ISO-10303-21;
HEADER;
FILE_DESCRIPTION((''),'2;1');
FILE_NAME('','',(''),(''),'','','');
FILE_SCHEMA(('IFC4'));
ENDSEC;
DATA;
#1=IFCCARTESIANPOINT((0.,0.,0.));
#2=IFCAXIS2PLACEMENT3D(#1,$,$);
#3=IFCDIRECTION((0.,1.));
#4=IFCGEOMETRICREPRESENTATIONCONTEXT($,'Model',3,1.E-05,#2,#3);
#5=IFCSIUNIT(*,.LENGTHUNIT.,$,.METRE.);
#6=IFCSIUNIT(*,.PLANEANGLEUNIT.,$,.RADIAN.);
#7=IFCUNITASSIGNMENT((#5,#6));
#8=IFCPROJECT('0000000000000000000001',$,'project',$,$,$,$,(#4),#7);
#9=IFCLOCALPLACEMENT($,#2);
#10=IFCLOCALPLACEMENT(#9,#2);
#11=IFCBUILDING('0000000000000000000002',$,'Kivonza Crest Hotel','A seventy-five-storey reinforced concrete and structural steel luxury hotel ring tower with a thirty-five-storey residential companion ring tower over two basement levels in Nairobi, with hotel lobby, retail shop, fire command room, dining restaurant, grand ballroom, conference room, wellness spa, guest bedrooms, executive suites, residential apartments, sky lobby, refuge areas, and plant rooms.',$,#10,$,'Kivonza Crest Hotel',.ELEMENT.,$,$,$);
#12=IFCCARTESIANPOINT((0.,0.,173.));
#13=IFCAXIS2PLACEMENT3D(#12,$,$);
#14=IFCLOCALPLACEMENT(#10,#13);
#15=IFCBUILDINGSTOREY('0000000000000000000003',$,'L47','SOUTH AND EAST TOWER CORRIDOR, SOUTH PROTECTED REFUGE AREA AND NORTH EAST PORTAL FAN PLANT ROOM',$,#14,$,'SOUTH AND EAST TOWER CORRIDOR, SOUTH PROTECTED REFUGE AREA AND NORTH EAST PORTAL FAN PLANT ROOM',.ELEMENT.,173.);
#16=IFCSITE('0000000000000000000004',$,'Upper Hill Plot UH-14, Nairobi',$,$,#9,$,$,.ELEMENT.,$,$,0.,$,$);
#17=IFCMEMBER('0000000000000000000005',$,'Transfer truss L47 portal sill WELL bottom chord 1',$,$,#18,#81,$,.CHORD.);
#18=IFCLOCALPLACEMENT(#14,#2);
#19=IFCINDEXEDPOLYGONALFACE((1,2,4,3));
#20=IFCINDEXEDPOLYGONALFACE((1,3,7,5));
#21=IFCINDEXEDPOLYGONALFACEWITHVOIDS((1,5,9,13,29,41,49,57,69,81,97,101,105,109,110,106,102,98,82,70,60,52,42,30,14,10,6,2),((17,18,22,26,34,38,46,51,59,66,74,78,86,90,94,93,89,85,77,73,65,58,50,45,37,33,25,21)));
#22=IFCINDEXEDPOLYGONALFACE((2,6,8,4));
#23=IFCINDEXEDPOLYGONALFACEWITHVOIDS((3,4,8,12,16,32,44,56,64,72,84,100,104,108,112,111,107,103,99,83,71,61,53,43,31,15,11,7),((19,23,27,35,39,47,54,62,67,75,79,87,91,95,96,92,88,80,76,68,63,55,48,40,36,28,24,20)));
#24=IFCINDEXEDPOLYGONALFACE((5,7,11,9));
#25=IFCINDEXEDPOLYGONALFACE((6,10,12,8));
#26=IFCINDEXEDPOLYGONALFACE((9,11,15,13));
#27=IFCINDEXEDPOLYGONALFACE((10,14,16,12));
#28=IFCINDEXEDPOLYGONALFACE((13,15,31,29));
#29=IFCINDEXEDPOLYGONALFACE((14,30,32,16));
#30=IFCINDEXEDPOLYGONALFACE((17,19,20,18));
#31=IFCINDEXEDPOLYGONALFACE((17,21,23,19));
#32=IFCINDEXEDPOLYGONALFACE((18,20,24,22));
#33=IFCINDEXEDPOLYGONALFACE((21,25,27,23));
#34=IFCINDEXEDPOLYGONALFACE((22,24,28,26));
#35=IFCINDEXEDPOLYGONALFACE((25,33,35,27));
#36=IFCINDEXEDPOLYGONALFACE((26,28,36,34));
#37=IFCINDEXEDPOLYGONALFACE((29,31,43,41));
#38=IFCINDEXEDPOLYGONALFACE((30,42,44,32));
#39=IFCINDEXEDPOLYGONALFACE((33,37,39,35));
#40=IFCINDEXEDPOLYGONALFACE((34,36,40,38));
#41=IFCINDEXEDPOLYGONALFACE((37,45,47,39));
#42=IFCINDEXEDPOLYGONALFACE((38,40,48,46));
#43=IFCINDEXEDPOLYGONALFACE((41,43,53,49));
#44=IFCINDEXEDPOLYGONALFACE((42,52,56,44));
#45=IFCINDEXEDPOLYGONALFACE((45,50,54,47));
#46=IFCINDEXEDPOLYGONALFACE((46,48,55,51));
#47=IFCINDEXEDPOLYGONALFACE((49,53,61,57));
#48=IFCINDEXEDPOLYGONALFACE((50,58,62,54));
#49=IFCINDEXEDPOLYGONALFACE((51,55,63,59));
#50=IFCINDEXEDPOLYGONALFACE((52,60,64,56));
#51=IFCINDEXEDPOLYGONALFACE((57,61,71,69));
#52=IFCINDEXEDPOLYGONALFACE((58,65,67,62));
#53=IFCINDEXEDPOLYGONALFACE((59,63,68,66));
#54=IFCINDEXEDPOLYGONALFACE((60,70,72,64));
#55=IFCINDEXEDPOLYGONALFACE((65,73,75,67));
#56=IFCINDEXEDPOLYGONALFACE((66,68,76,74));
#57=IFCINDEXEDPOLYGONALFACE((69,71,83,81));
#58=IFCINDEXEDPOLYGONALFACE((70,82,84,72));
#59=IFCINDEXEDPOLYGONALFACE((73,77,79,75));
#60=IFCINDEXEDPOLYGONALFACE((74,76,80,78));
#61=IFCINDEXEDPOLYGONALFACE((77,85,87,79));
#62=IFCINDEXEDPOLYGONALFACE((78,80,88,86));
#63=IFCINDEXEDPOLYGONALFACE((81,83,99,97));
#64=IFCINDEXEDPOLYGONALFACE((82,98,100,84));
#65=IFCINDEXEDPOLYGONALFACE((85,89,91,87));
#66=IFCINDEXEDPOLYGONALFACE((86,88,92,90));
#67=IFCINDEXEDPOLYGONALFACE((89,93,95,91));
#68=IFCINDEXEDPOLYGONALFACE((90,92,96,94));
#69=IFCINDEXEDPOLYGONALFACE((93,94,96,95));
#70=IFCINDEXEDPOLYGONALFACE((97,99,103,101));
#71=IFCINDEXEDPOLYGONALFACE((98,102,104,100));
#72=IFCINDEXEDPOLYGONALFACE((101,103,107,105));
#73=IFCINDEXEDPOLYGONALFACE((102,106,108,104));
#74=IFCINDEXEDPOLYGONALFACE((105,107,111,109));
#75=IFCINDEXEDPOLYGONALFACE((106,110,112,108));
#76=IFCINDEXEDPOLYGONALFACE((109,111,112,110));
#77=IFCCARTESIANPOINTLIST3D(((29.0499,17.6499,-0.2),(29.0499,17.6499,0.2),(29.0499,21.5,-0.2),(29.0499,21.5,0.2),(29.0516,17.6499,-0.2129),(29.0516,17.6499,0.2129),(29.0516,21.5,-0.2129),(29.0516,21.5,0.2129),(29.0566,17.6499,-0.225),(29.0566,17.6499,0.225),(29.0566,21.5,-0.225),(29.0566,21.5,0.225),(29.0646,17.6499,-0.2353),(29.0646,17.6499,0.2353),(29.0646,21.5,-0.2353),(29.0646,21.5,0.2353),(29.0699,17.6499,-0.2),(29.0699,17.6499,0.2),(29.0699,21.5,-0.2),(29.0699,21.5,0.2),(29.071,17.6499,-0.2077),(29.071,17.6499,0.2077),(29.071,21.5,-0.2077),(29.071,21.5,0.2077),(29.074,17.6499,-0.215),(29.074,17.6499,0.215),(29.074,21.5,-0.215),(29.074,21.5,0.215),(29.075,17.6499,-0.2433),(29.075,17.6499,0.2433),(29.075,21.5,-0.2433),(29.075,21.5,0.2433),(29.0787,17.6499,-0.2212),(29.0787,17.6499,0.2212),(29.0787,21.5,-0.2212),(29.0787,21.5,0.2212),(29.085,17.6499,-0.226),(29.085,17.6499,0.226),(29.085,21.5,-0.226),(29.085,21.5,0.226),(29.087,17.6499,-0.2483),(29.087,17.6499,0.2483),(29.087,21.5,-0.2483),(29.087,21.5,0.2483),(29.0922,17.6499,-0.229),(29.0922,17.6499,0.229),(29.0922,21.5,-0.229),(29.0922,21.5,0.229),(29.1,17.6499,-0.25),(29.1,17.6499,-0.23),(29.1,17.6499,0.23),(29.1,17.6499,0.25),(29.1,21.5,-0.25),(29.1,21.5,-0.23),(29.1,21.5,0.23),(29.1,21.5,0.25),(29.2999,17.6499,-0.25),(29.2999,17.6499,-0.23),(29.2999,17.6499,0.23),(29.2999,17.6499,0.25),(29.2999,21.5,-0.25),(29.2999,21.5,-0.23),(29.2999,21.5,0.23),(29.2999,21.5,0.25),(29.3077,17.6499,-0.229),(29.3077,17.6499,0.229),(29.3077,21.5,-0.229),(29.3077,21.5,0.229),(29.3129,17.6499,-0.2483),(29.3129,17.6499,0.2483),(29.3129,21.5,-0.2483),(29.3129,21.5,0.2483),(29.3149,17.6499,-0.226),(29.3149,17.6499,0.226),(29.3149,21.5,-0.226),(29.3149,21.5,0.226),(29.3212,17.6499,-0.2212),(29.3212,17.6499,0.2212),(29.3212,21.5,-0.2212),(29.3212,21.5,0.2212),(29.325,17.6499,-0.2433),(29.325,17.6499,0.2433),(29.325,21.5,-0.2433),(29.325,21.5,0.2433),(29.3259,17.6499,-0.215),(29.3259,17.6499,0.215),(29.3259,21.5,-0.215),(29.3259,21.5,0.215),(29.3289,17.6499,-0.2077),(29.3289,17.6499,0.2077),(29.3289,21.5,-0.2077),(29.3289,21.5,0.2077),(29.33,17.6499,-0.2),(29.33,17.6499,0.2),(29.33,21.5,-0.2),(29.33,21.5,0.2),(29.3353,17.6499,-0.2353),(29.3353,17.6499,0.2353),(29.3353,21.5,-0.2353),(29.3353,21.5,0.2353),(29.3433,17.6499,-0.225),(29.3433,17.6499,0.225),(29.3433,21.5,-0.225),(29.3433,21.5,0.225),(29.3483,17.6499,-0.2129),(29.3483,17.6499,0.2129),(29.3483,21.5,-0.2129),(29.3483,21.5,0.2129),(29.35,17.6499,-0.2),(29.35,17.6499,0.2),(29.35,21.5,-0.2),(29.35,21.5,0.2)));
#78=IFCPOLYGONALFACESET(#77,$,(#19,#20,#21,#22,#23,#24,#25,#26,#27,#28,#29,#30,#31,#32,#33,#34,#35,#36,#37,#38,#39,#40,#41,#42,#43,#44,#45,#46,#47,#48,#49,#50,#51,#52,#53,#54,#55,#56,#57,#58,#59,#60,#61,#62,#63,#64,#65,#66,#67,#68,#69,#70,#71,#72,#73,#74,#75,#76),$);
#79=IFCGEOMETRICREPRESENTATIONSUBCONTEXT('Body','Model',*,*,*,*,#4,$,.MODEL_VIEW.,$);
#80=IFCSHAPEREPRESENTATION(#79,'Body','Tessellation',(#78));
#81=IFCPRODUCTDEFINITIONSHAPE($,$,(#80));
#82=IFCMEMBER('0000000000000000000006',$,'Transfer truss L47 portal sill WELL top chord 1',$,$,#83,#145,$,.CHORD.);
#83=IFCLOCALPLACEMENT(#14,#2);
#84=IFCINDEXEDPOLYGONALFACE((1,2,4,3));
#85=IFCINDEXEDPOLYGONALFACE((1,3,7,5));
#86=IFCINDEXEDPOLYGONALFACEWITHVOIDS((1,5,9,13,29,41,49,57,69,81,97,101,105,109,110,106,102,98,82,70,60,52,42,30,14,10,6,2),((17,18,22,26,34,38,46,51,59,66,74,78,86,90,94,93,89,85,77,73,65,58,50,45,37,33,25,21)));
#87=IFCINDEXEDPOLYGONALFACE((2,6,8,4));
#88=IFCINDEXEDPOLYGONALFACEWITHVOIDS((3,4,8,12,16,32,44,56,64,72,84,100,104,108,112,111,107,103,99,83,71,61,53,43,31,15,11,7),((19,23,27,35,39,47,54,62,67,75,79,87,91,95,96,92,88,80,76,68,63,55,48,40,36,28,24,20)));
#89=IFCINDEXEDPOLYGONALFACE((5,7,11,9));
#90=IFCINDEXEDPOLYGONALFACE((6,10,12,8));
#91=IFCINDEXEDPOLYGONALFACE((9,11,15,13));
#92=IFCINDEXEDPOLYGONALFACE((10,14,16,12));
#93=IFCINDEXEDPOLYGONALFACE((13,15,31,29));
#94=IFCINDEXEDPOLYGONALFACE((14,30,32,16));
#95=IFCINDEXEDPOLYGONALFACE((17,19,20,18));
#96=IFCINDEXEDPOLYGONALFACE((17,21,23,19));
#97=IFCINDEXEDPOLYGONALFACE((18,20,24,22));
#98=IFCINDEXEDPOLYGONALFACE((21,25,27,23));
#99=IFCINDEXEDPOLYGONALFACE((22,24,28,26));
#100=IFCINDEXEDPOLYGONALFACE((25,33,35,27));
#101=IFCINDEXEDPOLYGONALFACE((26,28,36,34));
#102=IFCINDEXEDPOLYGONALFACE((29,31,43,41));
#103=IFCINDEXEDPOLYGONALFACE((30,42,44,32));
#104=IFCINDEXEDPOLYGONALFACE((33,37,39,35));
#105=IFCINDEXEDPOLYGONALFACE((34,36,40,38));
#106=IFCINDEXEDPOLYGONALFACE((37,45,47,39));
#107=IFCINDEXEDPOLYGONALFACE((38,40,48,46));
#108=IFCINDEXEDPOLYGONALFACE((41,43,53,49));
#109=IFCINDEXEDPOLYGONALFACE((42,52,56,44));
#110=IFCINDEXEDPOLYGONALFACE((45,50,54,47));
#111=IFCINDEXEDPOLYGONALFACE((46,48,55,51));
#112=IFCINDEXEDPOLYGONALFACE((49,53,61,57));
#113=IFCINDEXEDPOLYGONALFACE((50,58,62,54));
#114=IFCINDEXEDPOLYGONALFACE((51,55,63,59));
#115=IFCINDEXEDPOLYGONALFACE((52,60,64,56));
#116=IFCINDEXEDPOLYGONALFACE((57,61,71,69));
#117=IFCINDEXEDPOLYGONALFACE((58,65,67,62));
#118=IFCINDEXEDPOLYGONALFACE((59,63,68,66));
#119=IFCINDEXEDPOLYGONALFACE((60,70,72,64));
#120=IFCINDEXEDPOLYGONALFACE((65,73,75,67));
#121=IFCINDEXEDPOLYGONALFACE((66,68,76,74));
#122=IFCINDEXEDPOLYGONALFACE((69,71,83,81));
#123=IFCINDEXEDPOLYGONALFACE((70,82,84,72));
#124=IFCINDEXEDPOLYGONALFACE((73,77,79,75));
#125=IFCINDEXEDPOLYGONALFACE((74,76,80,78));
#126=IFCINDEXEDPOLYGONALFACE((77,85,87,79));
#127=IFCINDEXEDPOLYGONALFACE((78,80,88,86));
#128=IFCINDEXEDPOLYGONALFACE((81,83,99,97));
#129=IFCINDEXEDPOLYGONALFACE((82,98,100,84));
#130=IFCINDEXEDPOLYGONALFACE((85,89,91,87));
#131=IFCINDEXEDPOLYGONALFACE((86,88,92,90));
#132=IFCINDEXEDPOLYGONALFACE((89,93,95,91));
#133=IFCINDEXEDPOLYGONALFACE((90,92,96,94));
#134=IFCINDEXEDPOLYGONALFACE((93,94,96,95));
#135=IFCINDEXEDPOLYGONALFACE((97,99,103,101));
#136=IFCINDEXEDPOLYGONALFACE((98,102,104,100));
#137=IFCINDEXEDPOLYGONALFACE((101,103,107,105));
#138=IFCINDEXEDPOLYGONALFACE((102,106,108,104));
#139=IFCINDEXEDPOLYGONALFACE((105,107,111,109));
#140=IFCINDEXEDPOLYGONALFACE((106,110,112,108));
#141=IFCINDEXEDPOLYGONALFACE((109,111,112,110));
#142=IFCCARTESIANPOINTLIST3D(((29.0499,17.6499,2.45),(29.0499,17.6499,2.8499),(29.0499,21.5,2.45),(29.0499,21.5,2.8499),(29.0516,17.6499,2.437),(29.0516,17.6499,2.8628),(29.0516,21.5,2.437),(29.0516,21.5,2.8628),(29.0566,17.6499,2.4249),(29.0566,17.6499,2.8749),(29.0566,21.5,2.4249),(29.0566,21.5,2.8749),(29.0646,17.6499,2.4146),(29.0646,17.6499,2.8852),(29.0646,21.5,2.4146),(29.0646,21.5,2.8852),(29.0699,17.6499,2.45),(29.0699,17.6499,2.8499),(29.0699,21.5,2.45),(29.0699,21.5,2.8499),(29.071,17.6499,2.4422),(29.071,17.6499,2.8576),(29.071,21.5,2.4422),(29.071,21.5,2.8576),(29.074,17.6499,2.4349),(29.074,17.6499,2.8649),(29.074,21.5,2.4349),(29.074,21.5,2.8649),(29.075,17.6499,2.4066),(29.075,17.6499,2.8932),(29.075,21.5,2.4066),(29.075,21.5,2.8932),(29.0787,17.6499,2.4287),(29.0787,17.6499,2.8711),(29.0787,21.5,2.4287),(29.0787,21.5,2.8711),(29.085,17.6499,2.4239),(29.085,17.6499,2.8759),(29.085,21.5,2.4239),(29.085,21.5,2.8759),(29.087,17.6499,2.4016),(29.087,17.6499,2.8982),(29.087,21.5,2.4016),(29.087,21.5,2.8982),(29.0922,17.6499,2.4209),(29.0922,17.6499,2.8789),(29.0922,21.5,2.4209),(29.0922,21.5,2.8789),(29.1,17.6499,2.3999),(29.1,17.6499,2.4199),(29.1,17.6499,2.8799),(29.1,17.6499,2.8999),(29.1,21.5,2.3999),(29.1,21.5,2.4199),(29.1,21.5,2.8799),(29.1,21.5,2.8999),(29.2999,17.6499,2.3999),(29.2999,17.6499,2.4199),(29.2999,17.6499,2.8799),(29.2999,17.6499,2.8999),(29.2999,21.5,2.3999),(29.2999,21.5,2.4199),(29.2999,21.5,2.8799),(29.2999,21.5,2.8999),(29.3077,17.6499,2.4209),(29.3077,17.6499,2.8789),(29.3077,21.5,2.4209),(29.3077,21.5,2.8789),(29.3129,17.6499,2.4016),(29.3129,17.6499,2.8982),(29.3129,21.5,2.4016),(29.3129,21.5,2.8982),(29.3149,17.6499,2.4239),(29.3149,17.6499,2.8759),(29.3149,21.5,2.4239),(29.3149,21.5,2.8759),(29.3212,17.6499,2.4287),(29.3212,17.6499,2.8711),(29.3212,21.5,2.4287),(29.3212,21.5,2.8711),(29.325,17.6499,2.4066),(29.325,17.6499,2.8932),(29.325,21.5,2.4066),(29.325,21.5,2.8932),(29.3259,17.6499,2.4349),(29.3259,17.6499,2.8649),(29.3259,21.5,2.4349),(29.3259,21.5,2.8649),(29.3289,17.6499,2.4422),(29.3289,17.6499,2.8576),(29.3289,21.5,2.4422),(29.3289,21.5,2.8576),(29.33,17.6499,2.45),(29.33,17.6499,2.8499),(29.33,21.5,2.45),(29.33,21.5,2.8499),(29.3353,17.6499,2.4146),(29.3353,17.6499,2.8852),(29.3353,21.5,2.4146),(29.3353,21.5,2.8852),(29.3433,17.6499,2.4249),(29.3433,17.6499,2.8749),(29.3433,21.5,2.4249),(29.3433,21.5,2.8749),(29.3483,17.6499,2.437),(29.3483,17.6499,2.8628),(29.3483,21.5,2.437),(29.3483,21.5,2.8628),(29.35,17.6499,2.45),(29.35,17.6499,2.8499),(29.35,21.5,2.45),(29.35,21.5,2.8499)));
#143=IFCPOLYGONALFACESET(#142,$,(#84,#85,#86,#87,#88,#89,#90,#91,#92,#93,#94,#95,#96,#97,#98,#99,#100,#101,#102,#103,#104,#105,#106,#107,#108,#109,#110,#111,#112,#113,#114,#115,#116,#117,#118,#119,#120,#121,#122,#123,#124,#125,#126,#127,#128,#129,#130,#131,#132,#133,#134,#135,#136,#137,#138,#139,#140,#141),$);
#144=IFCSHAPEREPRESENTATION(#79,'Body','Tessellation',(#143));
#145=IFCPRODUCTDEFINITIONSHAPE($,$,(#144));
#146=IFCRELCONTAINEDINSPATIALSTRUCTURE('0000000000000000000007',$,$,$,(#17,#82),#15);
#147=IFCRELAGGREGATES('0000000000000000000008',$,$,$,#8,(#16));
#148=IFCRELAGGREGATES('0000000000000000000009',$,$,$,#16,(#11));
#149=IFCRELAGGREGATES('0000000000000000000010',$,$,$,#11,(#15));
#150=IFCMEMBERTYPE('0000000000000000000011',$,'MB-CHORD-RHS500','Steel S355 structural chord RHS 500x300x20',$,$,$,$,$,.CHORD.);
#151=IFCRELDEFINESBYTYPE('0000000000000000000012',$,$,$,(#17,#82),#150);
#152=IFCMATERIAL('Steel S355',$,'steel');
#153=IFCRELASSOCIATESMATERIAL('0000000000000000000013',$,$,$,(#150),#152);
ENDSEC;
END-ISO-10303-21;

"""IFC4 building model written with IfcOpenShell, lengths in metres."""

from ifc_helpers import new_model, si_unit, direction, frame, origin, origin_2d, place, context, subcontext, project, spatial, hollow_rectangle, extrude, material, material_profile, profile_set, type_object, element, save


model = new_model("IFC4")

# Units and contexts
model_context = context("Model", 3, precision=1e-05, world=origin(), true_north=direction((0.0, 1.0)))
body_context = subcontext(model_context, "Body", "Model", "MODEL_VIEW")
ifc_project = project(units=[si_unit("LENGTHUNIT", "METRE"), si_unit("PLANEANGLEUNIT", "RADIAN")], contexts=[model_context])

# Site, building, storey
site_placement = place(None, origin())
site = spatial("IfcSite", under=ifc_project, at=site_placement, Name="Upper Hill Plot UH-14, Nairobi", CompositionType="ELEMENT", RefElevation=0.0)
building_placement = place(site_placement, origin())
building = spatial("IfcBuilding", under=site, at=building_placement, Name="Kivonza Crest Hotel", Description="A seventy-five-storey reinforced concrete and structural steel luxury hotel ring tower with a thirty-five-storey residential companion ring tower over two basement levels in Nairobi, with hotel lobby, retail shop, fire command room, dining restaurant, grand ballroom, conference room, wellness spa, guest bedrooms, executive suites, residential apartments, sky lobby, refuge areas, and plant rooms.", LongName="Kivonza Crest Hotel", CompositionType="ELEMENT")
storey_placement = place(building_placement, frame((0.0, 0.0, 173.0)))
storey = spatial("IfcBuildingStorey", under=building, at=storey_placement, Name="L47", Description="SOUTH AND EAST TOWER CORRIDOR, SOUTH PROTECTED REFUGE AREA AND NORTH EAST PORTAL FAN PLANT ROOM", LongName="SOUTH AND EAST TOWER CORRIDOR, SOUTH PROTECTED REFUGE AREA AND NORTH EAST PORTAL FAN PLANT ROOM", CompositionType="ELEMENT", Elevation=173.0)

# Shared definitions
ifc_material_1 = material(Name="Steel S355", Category="steel")

# Members
ifc_material_profile_1 = material_profile(ifc_material_1, hollow_rectangle(XDim=0.3, YDim=0.5, WallThickness=0.02, InnerFilletRadius=0.03, OuterFilletRadius=0.05, at=origin_2d()), Name="RHS 500x300x20")
ifc_profile_set_1 = profile_set([ifc_material_profile_1], Name="Steel S355")
member_type_1 = type_object("IfcMemberType", Name="MB-CHORD-RHS500", Description="Steel S355 structural chord RHS 500x300x20", PredefinedType="CHORD", material=ifc_profile_set_1)
for number, where, z_axis, x_axis, name in (
    (1, (29.2, 17.6499, 0.0), (0.0, 1.0, 0.0), (-1.0, 0.0, 0.0), "Transfer truss L47 portal sill WELL bottom chord 1"),
    (2, (29.2, 17.6499, 2.6499), (0.0, 1.0, 0.0), (-1.0, 0.0, 0.0), "Transfer truss L47 portal sill WELL top chord 1"),
):
    element("IfcMember", number, at=place(storey_placement, frame(where, z_axis=z_axis, x_axis=x_axis)), inside=storey, type_object=member_type_1, Name=name, PredefinedType="CHORD", context=body_context, shape_type="SweptSolid", body=[
        extrude(hollow_rectangle(XDim=0.3, YDim=0.5, WallThickness=0.02, InnerFilletRadius=0.03, OuterFilletRadius=0.05, at=origin_2d()), origin(), (0.0, 0.0, 1.0), 3.8501),
    ])

save(model, "model.ifc")
